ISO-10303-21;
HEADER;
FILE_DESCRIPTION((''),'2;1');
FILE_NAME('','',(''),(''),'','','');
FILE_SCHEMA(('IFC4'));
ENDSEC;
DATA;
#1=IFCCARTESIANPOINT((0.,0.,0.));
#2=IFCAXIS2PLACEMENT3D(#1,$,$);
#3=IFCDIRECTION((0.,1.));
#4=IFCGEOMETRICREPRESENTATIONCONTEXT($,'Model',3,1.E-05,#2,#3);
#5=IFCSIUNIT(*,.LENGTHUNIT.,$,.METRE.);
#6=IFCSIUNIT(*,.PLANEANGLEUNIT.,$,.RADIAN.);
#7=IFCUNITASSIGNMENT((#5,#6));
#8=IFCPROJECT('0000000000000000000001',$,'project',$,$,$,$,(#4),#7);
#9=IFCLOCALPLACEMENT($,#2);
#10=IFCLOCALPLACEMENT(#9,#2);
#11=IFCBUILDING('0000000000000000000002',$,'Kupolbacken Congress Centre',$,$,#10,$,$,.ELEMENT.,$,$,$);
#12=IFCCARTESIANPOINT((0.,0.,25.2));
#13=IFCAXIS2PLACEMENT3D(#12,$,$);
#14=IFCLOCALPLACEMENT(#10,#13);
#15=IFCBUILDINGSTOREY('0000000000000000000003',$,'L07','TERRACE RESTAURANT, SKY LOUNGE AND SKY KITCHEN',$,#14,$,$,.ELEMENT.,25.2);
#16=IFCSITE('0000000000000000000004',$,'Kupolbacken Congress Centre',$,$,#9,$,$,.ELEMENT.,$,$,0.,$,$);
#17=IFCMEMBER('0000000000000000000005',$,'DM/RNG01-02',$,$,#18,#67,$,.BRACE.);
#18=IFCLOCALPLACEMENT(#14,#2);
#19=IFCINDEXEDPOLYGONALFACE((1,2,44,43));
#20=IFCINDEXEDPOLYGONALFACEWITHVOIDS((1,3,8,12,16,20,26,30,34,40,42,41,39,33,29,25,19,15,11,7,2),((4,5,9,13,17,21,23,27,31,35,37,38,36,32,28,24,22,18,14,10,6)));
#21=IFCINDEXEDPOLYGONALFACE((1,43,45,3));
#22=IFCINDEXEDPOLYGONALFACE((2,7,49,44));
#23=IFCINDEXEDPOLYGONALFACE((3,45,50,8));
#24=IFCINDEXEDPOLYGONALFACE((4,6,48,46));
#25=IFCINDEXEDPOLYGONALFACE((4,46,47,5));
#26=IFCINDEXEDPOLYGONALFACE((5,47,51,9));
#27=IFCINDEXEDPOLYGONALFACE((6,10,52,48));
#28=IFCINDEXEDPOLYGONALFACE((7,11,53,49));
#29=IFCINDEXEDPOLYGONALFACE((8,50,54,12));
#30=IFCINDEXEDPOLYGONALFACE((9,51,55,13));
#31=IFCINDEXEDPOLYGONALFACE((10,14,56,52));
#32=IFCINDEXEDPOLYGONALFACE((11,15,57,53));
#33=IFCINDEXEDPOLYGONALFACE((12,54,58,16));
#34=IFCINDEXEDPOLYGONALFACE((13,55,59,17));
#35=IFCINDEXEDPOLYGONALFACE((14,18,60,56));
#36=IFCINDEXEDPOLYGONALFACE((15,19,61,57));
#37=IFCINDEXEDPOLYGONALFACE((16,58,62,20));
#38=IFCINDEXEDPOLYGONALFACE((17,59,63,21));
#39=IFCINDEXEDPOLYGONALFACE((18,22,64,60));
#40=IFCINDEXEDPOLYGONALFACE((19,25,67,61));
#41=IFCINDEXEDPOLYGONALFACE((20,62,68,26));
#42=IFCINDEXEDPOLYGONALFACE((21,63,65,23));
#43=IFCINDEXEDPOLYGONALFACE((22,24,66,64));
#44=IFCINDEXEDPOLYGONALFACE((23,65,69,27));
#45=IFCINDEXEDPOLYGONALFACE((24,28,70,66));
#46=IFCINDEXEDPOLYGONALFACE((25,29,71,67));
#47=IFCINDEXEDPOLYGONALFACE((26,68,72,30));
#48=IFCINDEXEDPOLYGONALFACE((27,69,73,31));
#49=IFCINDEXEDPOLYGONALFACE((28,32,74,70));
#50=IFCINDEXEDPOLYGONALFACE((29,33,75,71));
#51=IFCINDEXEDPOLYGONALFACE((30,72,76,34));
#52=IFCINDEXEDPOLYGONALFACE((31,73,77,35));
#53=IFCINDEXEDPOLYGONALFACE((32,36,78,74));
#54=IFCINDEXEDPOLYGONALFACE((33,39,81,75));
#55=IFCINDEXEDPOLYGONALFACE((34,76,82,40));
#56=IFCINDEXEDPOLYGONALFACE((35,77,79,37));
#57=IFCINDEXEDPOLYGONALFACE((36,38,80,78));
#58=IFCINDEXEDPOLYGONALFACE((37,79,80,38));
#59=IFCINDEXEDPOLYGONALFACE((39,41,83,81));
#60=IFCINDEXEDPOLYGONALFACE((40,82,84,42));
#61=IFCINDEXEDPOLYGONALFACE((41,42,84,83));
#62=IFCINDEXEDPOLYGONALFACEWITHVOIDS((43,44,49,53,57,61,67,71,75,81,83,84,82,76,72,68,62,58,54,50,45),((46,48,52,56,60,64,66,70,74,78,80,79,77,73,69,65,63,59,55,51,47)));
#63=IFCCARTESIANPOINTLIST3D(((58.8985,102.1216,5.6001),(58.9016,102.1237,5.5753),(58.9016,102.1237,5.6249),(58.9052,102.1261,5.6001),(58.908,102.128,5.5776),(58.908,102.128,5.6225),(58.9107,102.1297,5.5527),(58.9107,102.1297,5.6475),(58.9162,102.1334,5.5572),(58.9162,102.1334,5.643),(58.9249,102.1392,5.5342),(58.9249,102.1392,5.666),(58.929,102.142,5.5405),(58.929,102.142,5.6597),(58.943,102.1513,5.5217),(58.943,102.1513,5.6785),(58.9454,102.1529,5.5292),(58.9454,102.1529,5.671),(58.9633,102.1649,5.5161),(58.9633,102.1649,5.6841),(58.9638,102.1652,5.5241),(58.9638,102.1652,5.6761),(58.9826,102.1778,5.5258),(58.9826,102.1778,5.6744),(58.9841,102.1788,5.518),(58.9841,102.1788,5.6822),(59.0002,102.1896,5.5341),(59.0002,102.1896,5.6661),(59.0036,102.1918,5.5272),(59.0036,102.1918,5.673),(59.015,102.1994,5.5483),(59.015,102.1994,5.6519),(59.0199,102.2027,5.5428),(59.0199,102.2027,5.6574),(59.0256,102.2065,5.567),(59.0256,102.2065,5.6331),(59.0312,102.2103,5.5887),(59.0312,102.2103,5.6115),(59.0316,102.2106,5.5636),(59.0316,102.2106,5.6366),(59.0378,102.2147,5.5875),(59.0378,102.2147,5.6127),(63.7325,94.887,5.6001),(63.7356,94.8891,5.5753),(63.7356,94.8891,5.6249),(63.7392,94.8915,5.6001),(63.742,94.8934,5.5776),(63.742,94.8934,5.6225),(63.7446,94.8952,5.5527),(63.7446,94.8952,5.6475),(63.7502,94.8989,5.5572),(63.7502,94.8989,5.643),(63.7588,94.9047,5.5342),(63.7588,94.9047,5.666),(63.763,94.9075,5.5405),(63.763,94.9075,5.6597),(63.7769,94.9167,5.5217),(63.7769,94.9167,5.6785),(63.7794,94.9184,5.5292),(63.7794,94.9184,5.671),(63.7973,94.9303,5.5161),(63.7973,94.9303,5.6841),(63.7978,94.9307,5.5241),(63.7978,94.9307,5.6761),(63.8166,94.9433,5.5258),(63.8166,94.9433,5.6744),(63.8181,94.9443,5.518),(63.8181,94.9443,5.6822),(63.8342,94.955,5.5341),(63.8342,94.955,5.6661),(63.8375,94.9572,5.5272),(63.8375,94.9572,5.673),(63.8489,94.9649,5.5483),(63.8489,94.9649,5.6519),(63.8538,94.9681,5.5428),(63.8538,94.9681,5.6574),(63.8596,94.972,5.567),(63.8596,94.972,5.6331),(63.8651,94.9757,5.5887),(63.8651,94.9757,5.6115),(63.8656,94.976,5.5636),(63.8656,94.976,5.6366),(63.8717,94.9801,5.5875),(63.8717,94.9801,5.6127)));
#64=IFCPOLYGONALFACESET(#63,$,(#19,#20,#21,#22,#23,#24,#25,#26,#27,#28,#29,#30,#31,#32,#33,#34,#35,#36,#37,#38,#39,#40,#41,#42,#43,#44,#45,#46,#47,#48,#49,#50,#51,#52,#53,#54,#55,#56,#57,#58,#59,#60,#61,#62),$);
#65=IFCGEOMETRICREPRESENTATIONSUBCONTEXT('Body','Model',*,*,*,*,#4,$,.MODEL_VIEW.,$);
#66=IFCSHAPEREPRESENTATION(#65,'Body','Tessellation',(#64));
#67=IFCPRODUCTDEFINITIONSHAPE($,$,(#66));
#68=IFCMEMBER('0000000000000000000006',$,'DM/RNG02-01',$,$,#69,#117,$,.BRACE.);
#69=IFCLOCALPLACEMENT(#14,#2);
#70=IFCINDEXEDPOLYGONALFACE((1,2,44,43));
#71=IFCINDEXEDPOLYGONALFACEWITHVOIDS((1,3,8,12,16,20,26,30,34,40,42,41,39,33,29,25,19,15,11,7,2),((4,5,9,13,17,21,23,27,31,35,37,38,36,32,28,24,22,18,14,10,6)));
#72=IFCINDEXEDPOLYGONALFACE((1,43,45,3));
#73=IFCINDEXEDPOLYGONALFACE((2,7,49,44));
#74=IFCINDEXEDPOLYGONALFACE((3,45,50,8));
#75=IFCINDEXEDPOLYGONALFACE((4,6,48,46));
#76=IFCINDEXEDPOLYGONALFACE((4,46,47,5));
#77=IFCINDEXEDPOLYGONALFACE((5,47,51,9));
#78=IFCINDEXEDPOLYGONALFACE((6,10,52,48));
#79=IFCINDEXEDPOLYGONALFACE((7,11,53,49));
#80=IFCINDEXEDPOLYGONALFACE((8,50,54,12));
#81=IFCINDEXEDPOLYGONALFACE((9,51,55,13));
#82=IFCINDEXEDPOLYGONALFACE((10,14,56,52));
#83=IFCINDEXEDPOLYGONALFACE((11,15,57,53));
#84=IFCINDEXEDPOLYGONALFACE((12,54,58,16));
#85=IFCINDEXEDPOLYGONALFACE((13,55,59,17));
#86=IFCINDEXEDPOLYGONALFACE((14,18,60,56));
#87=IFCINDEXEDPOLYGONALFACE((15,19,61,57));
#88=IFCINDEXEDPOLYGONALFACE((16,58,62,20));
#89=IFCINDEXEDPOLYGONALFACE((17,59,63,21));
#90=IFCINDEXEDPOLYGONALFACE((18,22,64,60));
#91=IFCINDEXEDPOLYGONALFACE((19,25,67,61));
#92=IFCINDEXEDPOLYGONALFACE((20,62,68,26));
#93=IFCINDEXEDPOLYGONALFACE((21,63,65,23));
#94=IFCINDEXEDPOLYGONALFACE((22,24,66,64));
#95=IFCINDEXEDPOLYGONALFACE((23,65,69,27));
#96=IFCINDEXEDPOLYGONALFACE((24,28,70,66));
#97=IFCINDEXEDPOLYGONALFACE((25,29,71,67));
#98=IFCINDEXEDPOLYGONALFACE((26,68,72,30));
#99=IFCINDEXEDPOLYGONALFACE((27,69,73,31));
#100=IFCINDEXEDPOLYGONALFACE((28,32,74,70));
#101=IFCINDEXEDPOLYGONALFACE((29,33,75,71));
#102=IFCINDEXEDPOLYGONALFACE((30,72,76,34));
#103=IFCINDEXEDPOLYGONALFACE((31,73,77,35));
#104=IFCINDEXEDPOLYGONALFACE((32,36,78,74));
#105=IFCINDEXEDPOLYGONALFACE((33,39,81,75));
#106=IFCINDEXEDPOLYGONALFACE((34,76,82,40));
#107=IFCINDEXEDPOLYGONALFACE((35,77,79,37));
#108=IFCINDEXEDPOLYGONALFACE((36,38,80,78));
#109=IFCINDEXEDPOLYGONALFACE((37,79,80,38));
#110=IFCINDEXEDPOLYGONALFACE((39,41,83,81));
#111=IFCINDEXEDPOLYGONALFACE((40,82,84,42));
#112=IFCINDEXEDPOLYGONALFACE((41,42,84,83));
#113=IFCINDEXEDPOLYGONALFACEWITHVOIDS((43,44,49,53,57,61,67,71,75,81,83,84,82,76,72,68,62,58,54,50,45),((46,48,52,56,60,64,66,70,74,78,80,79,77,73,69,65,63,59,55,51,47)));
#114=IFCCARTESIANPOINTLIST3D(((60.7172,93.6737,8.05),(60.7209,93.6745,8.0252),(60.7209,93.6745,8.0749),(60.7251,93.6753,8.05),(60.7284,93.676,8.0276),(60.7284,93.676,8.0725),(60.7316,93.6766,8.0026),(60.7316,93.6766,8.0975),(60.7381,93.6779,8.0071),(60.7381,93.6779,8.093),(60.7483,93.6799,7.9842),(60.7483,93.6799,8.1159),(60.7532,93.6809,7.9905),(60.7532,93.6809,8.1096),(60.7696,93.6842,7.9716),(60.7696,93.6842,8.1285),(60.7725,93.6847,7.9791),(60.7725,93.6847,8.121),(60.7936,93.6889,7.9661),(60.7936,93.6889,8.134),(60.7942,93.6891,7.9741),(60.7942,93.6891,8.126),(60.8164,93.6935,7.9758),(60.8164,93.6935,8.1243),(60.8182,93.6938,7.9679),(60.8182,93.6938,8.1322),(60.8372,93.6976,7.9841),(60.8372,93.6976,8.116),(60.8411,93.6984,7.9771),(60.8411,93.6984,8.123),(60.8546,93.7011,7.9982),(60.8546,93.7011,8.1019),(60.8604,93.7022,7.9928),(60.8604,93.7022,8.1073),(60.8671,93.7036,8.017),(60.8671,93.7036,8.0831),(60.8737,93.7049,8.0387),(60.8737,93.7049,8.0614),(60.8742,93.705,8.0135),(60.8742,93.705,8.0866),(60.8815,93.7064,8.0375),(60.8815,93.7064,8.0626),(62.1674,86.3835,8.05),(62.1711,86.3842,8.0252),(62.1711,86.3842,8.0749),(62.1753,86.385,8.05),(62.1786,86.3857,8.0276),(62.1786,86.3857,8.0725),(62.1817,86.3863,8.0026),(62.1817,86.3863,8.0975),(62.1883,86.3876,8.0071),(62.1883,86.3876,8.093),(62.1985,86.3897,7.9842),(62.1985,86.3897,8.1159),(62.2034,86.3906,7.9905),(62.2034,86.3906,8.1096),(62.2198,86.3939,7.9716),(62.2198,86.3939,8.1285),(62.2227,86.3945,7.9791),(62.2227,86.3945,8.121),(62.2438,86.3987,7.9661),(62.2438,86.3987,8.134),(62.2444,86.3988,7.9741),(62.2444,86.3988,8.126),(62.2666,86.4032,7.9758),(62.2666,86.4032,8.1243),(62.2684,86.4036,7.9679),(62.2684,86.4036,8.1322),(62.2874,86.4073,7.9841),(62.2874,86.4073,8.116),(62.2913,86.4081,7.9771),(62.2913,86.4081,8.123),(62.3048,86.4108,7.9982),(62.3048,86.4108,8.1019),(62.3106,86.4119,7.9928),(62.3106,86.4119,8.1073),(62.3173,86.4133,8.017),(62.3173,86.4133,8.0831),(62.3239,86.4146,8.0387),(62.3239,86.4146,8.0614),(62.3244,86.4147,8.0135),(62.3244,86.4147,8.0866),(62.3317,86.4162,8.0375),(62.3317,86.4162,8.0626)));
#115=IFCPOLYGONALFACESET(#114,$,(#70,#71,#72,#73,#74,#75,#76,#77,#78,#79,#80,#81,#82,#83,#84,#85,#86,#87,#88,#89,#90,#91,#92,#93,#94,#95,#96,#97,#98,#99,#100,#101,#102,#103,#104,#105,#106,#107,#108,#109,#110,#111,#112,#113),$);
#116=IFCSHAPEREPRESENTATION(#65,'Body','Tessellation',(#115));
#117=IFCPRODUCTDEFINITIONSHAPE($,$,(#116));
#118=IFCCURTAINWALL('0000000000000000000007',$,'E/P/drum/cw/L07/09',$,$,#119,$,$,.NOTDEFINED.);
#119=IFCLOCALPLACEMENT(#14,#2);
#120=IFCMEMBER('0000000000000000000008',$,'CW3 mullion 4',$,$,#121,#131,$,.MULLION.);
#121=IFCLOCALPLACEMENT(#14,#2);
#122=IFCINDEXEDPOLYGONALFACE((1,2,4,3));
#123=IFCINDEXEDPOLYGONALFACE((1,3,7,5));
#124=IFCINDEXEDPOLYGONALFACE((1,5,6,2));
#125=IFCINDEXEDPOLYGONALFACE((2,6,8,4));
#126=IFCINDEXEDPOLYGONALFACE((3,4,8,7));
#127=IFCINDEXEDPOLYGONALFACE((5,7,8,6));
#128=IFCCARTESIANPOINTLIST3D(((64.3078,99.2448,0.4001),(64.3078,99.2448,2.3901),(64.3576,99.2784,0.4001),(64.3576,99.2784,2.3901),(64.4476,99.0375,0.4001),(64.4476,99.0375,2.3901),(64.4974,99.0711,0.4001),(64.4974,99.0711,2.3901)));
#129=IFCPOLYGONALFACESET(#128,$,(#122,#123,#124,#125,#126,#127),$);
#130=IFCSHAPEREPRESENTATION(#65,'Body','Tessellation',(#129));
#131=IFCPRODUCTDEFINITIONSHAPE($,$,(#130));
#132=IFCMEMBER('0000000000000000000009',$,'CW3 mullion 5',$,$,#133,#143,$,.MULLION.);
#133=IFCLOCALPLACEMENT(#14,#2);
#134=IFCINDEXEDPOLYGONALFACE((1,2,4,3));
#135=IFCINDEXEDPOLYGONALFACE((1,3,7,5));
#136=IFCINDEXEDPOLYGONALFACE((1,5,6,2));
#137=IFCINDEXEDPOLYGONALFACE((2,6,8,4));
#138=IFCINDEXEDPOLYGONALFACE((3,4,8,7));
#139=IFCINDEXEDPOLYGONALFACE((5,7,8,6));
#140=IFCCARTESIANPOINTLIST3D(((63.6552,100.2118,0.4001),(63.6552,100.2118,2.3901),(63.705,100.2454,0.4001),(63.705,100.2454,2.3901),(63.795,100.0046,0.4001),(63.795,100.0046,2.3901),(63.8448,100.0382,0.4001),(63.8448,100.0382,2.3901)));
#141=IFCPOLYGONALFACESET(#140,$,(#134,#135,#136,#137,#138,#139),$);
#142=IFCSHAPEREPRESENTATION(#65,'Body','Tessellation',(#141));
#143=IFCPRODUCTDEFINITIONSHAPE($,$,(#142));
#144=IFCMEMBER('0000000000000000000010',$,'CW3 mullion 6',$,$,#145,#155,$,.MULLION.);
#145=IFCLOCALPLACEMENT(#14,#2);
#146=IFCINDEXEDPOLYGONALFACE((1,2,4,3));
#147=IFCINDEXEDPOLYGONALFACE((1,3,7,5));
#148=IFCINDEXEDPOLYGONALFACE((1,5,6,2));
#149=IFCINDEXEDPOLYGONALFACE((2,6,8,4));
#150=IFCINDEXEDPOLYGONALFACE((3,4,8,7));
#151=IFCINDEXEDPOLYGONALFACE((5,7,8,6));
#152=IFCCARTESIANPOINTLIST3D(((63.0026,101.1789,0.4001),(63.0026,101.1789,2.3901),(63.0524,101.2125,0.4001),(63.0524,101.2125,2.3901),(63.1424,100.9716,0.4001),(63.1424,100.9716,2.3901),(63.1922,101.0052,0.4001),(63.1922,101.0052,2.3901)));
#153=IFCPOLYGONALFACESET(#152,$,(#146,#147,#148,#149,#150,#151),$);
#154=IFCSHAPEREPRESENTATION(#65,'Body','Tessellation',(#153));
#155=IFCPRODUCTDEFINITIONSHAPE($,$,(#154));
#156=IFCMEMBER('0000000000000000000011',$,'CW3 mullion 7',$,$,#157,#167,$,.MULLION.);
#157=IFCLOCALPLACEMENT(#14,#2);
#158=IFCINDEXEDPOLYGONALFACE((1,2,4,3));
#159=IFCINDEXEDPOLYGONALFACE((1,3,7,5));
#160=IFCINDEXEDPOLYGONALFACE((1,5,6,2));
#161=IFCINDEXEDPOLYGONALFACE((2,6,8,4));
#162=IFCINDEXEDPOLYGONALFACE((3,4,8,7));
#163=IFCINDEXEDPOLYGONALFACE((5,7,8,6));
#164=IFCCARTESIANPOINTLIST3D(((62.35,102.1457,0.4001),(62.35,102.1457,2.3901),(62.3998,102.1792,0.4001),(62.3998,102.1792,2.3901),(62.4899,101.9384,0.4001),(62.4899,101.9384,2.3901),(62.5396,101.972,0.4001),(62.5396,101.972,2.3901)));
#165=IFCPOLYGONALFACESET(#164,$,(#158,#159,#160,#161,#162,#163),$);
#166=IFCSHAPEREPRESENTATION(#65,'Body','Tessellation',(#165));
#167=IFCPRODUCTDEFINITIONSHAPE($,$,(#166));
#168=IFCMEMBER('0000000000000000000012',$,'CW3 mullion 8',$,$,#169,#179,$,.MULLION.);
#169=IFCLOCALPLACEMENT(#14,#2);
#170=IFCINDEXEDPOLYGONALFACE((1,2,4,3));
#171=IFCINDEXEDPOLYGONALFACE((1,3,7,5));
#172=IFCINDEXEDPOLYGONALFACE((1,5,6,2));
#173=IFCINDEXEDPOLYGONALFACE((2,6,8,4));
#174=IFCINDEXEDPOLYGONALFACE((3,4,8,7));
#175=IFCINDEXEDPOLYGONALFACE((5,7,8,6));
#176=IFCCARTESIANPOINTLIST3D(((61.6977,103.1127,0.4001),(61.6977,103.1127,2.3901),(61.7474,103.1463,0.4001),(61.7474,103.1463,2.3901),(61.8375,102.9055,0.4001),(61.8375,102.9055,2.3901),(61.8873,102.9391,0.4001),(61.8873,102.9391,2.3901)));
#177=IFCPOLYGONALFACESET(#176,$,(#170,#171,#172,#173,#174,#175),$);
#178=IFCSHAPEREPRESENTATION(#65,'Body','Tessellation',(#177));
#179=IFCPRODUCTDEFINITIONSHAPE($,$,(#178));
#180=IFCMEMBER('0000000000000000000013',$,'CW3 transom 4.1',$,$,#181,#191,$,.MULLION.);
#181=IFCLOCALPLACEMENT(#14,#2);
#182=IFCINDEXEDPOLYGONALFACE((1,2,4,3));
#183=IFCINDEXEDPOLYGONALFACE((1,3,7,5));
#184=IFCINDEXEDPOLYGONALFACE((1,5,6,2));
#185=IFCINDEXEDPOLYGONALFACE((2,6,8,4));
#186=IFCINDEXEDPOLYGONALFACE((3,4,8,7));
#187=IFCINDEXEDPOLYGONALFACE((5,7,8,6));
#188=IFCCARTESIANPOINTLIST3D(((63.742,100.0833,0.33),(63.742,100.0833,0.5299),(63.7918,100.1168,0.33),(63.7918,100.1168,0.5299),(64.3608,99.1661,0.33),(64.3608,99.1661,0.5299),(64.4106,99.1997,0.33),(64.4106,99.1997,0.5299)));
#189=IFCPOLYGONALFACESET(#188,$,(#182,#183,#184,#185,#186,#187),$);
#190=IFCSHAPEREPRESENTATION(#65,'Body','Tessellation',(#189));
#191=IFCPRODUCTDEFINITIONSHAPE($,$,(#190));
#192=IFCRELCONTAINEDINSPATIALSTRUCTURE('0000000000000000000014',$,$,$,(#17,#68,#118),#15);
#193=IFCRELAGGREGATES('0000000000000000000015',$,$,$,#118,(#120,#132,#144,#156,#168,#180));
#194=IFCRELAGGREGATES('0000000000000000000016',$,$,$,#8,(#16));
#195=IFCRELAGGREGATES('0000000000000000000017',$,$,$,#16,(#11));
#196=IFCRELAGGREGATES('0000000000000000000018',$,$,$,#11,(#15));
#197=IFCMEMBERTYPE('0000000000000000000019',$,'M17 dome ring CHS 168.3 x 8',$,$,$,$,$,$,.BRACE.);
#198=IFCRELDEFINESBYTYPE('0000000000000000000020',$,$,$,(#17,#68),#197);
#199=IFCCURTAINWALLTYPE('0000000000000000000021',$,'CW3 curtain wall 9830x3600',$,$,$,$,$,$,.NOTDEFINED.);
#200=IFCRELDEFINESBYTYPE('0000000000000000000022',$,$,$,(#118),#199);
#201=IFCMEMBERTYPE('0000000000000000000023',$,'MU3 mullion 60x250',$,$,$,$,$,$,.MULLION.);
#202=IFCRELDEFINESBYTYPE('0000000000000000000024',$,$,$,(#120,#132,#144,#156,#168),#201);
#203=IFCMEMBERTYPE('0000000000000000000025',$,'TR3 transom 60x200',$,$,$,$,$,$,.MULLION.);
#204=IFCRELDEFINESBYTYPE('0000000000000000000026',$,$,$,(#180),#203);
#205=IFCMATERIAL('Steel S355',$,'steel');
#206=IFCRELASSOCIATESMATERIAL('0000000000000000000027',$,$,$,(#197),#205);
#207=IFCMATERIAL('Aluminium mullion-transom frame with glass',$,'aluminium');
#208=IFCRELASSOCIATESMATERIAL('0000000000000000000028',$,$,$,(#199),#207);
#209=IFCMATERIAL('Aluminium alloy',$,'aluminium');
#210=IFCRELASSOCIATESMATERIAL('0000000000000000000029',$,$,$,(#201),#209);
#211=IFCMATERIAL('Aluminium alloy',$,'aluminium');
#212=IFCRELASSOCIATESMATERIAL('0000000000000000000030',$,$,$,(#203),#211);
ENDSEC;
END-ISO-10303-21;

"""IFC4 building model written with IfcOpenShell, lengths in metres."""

from ifc_helpers import new_model, si_unit, direction, frame, origin, origin_2d, place, context, subcontext, project, spatial, rectangle, hollow_circle, extrude, material, material_profile, profile_set, type_object, element, aggregate, save


model = new_model("IFC4")

# Units and contexts
model_context = context("Model", 3, precision=1e-05, world=origin(), true_north=direction((0.0, 1.0)))
body_context = subcontext(model_context, "Body", "Model", "MODEL_VIEW")
ifc_project = project(units=[si_unit("LENGTHUNIT", "METRE"), si_unit("PLANEANGLEUNIT", "RADIAN")], contexts=[model_context])

# Site, building, storey
site_placement = place(None, origin())
site = spatial("IfcSite", under=ifc_project, at=site_placement, Name="Kupolbacken Congress Centre", CompositionType="ELEMENT", RefElevation=0.0)
building_placement = place(site_placement, origin())
building = spatial("IfcBuilding", under=site, at=building_placement, Name="Kupolbacken Congress Centre", CompositionType="ELEMENT")
storey_placement = place(building_placement, frame((0.0, 0.0, 25.2)))
storey = spatial("IfcBuildingStorey", under=building, at=storey_placement, Name="L07", Description="TERRACE RESTAURANT, SKY LOUNGE AND SKY KITCHEN", CompositionType="ELEMENT", Elevation=25.2)

# Members
ifc_material_1 = material(Name="Steel S355", Category="steel")
ifc_material_profile_1 = material_profile(ifc_material_1, hollow_circle(Radius=0.0842, WallThickness=0.0081, at=origin_2d()), Name="CHS 168.3 x 8")
ifc_profile_set_1 = profile_set([ifc_material_profile_1], Name="Steel S355")
member_type_1 = type_object("IfcMemberType", Name="M17 dome ring CHS 168.3 x 8", PredefinedType="BRACE", material=ifc_profile_set_1)
member_1_placement = place(storey_placement, frame((63.8025, 94.9338, 5.6001), z_axis=(-0.555568, 0.831471, 0.0), x_axis=(-0.831471, -0.555568, 0.0)))
element("IfcMember", 1, at=member_1_placement, inside=storey, type_object=member_type_1, Name="DM/RNG01-02", PredefinedType="BRACE", context=body_context, shape_type="SweptSolid", body=[
    extrude(hollow_circle(Radius=0.0842, WallThickness=0.0081, at=origin_2d()), origin(), (0.0, 0.0, 1.0), 8.7009),
])
member_2_placement = place(storey_placement, frame((62.25, 86.3999, 8.05), z_axis=(-0.195099, 0.980784, 0.0), x_axis=(-0.980784, -0.195099, 0.0)))
element("IfcMember", 2, at=member_2_placement, inside=storey, type_object=member_type_1, Name="DM/RNG02-01", PredefinedType="BRACE", context=body_context, shape_type="SweptSolid", body=[
    extrude(hollow_circle(Radius=0.0842, WallThickness=0.0081, at=origin_2d()), origin(), (0.0, 0.0, 1.0), 7.4331),
])

# Curtain wall, members
ifc_material_2 = material(Name="Aluminium mullion-transom frame with glass", Category="aluminium")
curtain_wall_type = type_object("IfcCurtainWallType", Name="CW3 curtain wall 9830x3600", PredefinedType="NOTDEFINED", material=ifc_material_2)
curtain_wall_placement = place(storey_placement, origin())
curtain_wall = element("IfcCurtainWall", 3, at=curtain_wall_placement, inside=storey, type_object=curtain_wall_type, Name="E/P/drum/cw/L07/09", PredefinedType="NOTDEFINED")
ifc_material_3 = material(Name="Aluminium alloy", Category="aluminium")
ifc_material_profile_2 = material_profile(ifc_material_3, rectangle(XDim=0.0601, YDim=0.25, at=origin_2d()), Name="60 x 250")
ifc_profile_set_2 = profile_set([ifc_material_profile_2], Name="Aluminium alloy")
member_type_2 = type_object("IfcMemberType", Name="MU3 mullion 60x250", PredefinedType="MULLION", material=ifc_profile_set_2)
member_3_placement = place(storey_placement, frame((64.4026, 99.158, 0.4001), z_axis=(0.0, 0.0, 1.0), x_axis=(-0.828908, -0.559386, 0.0)))
member_3 = element("IfcMember", 4, at=member_3_placement, type_object=member_type_2, Name="CW3 mullion 4", PredefinedType="MULLION", context=body_context, shape_type="SweptSolid", body=[
    extrude(rectangle(XDim=0.0601, YDim=0.25, at=origin_2d()), origin(), (0.0, 0.0, 1.0), 1.99),
])
member_4_placement = place(storey_placement, frame((63.75, 100.125, 0.4001), z_axis=(0.0, 0.0, 1.0), x_axis=(-0.828908, -0.559386, 0.0)))
member_4 = element("IfcMember", 5, at=member_4_placement, type_object=member_type_2, Name="CW3 mullion 5", PredefinedType="MULLION", context=body_context, shape_type="SweptSolid", body=[
    extrude(rectangle(XDim=0.0601, YDim=0.25, at=origin_2d()), origin(), (0.0, 0.0, 1.0), 1.99),
])
member_5_placement = place(storey_placement, frame((63.0974, 101.092, 0.4001), z_axis=(0.0, 0.0, 1.0), x_axis=(-0.828908, -0.559386, 0.0)))
member_5 = element("IfcMember", 6, at=member_5_placement, type_object=member_type_2, Name="CW3 mullion 6", PredefinedType="MULLION", context=body_context, shape_type="SweptSolid", body=[
    extrude(rectangle(XDim=0.0601, YDim=0.25, at=origin_2d()), origin(), (0.0, 0.0, 1.0), 1.99),
])
member_6_placement = place(storey_placement, frame((62.4448, 102.0588, 0.4001), z_axis=(0.0, 0.0, 1.0), x_axis=(-0.828908, -0.559386, 0.0)))
member_6 = element("IfcMember", 7, at=member_6_placement, type_object=member_type_2, Name="CW3 mullion 7", PredefinedType="MULLION", context=body_context, shape_type="SweptSolid", body=[
    extrude(rectangle(XDim=0.0601, YDim=0.25, at=origin_2d()), origin(), (0.0, 0.0, 1.0), 1.99),
])
member_7_placement = place(storey_placement, frame((61.7925, 103.0259, 0.4001), z_axis=(0.0, 0.0, 1.0), x_axis=(-0.828908, -0.559386, 0.0)))
member_7 = element("IfcMember", 8, at=member_7_placement, type_object=member_type_2, Name="CW3 mullion 8", PredefinedType="MULLION", context=body_context, shape_type="SweptSolid", body=[
    extrude(rectangle(XDim=0.0601, YDim=0.25, at=origin_2d()), origin(), (0.0, 0.0, 1.0), 1.99),
])
ifc_material_4 = material(Name="Aluminium alloy", Category="aluminium")
ifc_material_profile_3 = material_profile(ifc_material_4, rectangle(XDim=0.0601, YDim=0.2, at=origin_2d()), Name="60 x 200")
ifc_profile_set_3 = profile_set([ifc_material_profile_3], Name="Aluminium alloy")
member_type_3 = type_object("IfcMemberType", Name="TR3 transom 60x200", PredefinedType="MULLION", material=ifc_profile_set_3)
member_8_placement = place(storey_placement, frame((64.3857, 99.1829, 0.4299), z_axis=(-0.559325, 0.828948, 0.0), x_axis=(-0.828948, -0.559325, 0.0)))
member_8 = element("IfcMember", 9, at=member_8_placement, type_object=member_type_3, Name="CW3 transom 4.1", PredefinedType="MULLION", context=body_context, shape_type="SweptSolid", body=[
    extrude(rectangle(XDim=0.0601, YDim=0.2, at=origin_2d()), origin(), (0.0, 0.0, 1.0), 1.1064),
])
aggregate(curtain_wall, [member_3, member_4, member_5, member_6, member_7, member_8])

save(model, "model.ifc")
